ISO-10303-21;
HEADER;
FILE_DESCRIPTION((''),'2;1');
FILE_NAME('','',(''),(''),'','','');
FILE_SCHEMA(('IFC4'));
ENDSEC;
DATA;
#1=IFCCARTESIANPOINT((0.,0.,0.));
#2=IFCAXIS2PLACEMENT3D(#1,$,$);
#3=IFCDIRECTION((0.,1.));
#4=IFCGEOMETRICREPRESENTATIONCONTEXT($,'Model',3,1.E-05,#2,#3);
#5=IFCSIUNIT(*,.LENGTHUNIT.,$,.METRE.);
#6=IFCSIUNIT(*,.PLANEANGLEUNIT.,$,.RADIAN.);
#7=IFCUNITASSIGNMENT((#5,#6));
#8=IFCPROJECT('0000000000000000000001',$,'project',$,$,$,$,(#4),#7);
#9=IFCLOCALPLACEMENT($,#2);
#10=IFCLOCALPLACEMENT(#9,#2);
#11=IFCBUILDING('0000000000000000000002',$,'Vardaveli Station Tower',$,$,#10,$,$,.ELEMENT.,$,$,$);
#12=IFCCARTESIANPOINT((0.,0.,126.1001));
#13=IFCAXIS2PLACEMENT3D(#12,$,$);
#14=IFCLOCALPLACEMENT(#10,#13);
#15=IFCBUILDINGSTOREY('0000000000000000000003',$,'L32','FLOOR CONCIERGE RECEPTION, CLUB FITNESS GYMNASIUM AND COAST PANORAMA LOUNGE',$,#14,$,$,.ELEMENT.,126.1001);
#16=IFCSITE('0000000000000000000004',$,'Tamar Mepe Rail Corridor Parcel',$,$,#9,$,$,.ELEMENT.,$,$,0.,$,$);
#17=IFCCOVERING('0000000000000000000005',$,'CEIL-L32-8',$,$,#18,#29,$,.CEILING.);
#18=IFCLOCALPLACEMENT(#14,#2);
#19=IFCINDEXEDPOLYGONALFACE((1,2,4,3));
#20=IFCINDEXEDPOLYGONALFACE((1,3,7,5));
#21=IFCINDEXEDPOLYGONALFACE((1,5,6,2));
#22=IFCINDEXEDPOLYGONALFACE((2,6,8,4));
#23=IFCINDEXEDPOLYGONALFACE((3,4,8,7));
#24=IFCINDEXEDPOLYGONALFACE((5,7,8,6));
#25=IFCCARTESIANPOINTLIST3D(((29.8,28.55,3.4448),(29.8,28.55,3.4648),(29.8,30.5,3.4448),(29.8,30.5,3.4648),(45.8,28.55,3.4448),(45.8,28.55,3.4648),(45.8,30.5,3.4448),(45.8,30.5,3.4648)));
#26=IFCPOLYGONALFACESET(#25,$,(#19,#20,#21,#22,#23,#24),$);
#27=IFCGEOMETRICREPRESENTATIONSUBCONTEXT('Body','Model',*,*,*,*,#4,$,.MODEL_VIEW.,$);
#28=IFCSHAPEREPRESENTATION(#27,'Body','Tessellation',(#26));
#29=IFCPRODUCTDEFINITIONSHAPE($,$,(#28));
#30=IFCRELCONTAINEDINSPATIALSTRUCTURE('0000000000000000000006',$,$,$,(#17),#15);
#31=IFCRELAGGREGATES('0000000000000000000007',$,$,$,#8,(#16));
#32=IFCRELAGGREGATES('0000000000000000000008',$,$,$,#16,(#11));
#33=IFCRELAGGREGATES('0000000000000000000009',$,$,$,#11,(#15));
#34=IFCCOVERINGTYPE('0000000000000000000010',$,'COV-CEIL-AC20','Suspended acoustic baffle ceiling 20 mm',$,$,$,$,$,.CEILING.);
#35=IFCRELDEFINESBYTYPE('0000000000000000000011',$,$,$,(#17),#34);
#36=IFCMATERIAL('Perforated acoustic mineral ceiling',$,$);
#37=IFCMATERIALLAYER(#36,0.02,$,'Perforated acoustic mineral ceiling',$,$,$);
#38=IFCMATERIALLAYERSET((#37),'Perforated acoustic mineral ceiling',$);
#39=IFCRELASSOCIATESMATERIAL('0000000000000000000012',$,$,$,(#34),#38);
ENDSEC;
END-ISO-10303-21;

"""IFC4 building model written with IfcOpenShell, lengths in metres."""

from ifc_helpers import new_model, si_unit, direction, frame, origin, place, context, subcontext, project, spatial, polyline, outline, extrude, material, layer, layer_set, type_object, element, save


model = new_model("IFC4")

# Units and contexts
model_context = context("Model", 3, precision=1e-05, world=origin(), true_north=direction((0.0, 1.0)))
body_context = subcontext(model_context, "Body", "Model", "MODEL_VIEW")
ifc_project = project(units=[si_unit("LENGTHUNIT", "METRE"), si_unit("PLANEANGLEUNIT", "RADIAN")], contexts=[model_context])

# Site, building, storey
site_placement = place(None, origin())
site = spatial("IfcSite", under=ifc_project, at=site_placement, Name="Tamar Mepe Rail Corridor Parcel", CompositionType="ELEMENT", RefElevation=0.0)
building_placement = place(site_placement, origin())
building = spatial("IfcBuilding", under=site, at=building_placement, Name="Vardaveli Station Tower", CompositionType="ELEMENT")
storey_placement = place(building_placement, frame((0.0, 0.0, 126.1001)))
storey = spatial("IfcBuildingStorey", under=building, at=storey_placement, Name="L32", Description="FLOOR CONCIERGE RECEPTION, CLUB FITNESS GYMNASIUM AND COAST PANORAMA LOUNGE", CompositionType="ELEMENT", Elevation=126.1001)

# Covering
ifc_material_1 = material(Name="Perforated acoustic mineral ceiling")
ifc_layer_1 = layer(ifc_material_1, 0.02, Name="Perforated acoustic mineral ceiling")
ifc_layer_set_1 = layer_set([ifc_layer_1], Name="Perforated acoustic mineral ceiling")
covering_type = type_object("IfcCoveringType", Name="COV-CEIL-AC20", Description="Suspended acoustic baffle ceiling 20 mm", PredefinedType="CEILING", material=ifc_layer_set_1)
covering_placement = place(storey_placement, frame((0.0, 0.0, 3.4448)))
element("IfcCovering", 1, at=covering_placement, inside=storey, type_object=covering_type, Name="CEIL-L32-8", PredefinedType="CEILING", context=body_context, shape_type="SweptSolid", body=[
    extrude(outline(polyline([(29.8, 28.55), (45.8, 28.55), (45.8, 30.5), (29.8, 30.5), (29.8, 28.55)])), origin(), (0.0, 0.0, 1.0), 0.02),
])

save(model, "model.ifc")
